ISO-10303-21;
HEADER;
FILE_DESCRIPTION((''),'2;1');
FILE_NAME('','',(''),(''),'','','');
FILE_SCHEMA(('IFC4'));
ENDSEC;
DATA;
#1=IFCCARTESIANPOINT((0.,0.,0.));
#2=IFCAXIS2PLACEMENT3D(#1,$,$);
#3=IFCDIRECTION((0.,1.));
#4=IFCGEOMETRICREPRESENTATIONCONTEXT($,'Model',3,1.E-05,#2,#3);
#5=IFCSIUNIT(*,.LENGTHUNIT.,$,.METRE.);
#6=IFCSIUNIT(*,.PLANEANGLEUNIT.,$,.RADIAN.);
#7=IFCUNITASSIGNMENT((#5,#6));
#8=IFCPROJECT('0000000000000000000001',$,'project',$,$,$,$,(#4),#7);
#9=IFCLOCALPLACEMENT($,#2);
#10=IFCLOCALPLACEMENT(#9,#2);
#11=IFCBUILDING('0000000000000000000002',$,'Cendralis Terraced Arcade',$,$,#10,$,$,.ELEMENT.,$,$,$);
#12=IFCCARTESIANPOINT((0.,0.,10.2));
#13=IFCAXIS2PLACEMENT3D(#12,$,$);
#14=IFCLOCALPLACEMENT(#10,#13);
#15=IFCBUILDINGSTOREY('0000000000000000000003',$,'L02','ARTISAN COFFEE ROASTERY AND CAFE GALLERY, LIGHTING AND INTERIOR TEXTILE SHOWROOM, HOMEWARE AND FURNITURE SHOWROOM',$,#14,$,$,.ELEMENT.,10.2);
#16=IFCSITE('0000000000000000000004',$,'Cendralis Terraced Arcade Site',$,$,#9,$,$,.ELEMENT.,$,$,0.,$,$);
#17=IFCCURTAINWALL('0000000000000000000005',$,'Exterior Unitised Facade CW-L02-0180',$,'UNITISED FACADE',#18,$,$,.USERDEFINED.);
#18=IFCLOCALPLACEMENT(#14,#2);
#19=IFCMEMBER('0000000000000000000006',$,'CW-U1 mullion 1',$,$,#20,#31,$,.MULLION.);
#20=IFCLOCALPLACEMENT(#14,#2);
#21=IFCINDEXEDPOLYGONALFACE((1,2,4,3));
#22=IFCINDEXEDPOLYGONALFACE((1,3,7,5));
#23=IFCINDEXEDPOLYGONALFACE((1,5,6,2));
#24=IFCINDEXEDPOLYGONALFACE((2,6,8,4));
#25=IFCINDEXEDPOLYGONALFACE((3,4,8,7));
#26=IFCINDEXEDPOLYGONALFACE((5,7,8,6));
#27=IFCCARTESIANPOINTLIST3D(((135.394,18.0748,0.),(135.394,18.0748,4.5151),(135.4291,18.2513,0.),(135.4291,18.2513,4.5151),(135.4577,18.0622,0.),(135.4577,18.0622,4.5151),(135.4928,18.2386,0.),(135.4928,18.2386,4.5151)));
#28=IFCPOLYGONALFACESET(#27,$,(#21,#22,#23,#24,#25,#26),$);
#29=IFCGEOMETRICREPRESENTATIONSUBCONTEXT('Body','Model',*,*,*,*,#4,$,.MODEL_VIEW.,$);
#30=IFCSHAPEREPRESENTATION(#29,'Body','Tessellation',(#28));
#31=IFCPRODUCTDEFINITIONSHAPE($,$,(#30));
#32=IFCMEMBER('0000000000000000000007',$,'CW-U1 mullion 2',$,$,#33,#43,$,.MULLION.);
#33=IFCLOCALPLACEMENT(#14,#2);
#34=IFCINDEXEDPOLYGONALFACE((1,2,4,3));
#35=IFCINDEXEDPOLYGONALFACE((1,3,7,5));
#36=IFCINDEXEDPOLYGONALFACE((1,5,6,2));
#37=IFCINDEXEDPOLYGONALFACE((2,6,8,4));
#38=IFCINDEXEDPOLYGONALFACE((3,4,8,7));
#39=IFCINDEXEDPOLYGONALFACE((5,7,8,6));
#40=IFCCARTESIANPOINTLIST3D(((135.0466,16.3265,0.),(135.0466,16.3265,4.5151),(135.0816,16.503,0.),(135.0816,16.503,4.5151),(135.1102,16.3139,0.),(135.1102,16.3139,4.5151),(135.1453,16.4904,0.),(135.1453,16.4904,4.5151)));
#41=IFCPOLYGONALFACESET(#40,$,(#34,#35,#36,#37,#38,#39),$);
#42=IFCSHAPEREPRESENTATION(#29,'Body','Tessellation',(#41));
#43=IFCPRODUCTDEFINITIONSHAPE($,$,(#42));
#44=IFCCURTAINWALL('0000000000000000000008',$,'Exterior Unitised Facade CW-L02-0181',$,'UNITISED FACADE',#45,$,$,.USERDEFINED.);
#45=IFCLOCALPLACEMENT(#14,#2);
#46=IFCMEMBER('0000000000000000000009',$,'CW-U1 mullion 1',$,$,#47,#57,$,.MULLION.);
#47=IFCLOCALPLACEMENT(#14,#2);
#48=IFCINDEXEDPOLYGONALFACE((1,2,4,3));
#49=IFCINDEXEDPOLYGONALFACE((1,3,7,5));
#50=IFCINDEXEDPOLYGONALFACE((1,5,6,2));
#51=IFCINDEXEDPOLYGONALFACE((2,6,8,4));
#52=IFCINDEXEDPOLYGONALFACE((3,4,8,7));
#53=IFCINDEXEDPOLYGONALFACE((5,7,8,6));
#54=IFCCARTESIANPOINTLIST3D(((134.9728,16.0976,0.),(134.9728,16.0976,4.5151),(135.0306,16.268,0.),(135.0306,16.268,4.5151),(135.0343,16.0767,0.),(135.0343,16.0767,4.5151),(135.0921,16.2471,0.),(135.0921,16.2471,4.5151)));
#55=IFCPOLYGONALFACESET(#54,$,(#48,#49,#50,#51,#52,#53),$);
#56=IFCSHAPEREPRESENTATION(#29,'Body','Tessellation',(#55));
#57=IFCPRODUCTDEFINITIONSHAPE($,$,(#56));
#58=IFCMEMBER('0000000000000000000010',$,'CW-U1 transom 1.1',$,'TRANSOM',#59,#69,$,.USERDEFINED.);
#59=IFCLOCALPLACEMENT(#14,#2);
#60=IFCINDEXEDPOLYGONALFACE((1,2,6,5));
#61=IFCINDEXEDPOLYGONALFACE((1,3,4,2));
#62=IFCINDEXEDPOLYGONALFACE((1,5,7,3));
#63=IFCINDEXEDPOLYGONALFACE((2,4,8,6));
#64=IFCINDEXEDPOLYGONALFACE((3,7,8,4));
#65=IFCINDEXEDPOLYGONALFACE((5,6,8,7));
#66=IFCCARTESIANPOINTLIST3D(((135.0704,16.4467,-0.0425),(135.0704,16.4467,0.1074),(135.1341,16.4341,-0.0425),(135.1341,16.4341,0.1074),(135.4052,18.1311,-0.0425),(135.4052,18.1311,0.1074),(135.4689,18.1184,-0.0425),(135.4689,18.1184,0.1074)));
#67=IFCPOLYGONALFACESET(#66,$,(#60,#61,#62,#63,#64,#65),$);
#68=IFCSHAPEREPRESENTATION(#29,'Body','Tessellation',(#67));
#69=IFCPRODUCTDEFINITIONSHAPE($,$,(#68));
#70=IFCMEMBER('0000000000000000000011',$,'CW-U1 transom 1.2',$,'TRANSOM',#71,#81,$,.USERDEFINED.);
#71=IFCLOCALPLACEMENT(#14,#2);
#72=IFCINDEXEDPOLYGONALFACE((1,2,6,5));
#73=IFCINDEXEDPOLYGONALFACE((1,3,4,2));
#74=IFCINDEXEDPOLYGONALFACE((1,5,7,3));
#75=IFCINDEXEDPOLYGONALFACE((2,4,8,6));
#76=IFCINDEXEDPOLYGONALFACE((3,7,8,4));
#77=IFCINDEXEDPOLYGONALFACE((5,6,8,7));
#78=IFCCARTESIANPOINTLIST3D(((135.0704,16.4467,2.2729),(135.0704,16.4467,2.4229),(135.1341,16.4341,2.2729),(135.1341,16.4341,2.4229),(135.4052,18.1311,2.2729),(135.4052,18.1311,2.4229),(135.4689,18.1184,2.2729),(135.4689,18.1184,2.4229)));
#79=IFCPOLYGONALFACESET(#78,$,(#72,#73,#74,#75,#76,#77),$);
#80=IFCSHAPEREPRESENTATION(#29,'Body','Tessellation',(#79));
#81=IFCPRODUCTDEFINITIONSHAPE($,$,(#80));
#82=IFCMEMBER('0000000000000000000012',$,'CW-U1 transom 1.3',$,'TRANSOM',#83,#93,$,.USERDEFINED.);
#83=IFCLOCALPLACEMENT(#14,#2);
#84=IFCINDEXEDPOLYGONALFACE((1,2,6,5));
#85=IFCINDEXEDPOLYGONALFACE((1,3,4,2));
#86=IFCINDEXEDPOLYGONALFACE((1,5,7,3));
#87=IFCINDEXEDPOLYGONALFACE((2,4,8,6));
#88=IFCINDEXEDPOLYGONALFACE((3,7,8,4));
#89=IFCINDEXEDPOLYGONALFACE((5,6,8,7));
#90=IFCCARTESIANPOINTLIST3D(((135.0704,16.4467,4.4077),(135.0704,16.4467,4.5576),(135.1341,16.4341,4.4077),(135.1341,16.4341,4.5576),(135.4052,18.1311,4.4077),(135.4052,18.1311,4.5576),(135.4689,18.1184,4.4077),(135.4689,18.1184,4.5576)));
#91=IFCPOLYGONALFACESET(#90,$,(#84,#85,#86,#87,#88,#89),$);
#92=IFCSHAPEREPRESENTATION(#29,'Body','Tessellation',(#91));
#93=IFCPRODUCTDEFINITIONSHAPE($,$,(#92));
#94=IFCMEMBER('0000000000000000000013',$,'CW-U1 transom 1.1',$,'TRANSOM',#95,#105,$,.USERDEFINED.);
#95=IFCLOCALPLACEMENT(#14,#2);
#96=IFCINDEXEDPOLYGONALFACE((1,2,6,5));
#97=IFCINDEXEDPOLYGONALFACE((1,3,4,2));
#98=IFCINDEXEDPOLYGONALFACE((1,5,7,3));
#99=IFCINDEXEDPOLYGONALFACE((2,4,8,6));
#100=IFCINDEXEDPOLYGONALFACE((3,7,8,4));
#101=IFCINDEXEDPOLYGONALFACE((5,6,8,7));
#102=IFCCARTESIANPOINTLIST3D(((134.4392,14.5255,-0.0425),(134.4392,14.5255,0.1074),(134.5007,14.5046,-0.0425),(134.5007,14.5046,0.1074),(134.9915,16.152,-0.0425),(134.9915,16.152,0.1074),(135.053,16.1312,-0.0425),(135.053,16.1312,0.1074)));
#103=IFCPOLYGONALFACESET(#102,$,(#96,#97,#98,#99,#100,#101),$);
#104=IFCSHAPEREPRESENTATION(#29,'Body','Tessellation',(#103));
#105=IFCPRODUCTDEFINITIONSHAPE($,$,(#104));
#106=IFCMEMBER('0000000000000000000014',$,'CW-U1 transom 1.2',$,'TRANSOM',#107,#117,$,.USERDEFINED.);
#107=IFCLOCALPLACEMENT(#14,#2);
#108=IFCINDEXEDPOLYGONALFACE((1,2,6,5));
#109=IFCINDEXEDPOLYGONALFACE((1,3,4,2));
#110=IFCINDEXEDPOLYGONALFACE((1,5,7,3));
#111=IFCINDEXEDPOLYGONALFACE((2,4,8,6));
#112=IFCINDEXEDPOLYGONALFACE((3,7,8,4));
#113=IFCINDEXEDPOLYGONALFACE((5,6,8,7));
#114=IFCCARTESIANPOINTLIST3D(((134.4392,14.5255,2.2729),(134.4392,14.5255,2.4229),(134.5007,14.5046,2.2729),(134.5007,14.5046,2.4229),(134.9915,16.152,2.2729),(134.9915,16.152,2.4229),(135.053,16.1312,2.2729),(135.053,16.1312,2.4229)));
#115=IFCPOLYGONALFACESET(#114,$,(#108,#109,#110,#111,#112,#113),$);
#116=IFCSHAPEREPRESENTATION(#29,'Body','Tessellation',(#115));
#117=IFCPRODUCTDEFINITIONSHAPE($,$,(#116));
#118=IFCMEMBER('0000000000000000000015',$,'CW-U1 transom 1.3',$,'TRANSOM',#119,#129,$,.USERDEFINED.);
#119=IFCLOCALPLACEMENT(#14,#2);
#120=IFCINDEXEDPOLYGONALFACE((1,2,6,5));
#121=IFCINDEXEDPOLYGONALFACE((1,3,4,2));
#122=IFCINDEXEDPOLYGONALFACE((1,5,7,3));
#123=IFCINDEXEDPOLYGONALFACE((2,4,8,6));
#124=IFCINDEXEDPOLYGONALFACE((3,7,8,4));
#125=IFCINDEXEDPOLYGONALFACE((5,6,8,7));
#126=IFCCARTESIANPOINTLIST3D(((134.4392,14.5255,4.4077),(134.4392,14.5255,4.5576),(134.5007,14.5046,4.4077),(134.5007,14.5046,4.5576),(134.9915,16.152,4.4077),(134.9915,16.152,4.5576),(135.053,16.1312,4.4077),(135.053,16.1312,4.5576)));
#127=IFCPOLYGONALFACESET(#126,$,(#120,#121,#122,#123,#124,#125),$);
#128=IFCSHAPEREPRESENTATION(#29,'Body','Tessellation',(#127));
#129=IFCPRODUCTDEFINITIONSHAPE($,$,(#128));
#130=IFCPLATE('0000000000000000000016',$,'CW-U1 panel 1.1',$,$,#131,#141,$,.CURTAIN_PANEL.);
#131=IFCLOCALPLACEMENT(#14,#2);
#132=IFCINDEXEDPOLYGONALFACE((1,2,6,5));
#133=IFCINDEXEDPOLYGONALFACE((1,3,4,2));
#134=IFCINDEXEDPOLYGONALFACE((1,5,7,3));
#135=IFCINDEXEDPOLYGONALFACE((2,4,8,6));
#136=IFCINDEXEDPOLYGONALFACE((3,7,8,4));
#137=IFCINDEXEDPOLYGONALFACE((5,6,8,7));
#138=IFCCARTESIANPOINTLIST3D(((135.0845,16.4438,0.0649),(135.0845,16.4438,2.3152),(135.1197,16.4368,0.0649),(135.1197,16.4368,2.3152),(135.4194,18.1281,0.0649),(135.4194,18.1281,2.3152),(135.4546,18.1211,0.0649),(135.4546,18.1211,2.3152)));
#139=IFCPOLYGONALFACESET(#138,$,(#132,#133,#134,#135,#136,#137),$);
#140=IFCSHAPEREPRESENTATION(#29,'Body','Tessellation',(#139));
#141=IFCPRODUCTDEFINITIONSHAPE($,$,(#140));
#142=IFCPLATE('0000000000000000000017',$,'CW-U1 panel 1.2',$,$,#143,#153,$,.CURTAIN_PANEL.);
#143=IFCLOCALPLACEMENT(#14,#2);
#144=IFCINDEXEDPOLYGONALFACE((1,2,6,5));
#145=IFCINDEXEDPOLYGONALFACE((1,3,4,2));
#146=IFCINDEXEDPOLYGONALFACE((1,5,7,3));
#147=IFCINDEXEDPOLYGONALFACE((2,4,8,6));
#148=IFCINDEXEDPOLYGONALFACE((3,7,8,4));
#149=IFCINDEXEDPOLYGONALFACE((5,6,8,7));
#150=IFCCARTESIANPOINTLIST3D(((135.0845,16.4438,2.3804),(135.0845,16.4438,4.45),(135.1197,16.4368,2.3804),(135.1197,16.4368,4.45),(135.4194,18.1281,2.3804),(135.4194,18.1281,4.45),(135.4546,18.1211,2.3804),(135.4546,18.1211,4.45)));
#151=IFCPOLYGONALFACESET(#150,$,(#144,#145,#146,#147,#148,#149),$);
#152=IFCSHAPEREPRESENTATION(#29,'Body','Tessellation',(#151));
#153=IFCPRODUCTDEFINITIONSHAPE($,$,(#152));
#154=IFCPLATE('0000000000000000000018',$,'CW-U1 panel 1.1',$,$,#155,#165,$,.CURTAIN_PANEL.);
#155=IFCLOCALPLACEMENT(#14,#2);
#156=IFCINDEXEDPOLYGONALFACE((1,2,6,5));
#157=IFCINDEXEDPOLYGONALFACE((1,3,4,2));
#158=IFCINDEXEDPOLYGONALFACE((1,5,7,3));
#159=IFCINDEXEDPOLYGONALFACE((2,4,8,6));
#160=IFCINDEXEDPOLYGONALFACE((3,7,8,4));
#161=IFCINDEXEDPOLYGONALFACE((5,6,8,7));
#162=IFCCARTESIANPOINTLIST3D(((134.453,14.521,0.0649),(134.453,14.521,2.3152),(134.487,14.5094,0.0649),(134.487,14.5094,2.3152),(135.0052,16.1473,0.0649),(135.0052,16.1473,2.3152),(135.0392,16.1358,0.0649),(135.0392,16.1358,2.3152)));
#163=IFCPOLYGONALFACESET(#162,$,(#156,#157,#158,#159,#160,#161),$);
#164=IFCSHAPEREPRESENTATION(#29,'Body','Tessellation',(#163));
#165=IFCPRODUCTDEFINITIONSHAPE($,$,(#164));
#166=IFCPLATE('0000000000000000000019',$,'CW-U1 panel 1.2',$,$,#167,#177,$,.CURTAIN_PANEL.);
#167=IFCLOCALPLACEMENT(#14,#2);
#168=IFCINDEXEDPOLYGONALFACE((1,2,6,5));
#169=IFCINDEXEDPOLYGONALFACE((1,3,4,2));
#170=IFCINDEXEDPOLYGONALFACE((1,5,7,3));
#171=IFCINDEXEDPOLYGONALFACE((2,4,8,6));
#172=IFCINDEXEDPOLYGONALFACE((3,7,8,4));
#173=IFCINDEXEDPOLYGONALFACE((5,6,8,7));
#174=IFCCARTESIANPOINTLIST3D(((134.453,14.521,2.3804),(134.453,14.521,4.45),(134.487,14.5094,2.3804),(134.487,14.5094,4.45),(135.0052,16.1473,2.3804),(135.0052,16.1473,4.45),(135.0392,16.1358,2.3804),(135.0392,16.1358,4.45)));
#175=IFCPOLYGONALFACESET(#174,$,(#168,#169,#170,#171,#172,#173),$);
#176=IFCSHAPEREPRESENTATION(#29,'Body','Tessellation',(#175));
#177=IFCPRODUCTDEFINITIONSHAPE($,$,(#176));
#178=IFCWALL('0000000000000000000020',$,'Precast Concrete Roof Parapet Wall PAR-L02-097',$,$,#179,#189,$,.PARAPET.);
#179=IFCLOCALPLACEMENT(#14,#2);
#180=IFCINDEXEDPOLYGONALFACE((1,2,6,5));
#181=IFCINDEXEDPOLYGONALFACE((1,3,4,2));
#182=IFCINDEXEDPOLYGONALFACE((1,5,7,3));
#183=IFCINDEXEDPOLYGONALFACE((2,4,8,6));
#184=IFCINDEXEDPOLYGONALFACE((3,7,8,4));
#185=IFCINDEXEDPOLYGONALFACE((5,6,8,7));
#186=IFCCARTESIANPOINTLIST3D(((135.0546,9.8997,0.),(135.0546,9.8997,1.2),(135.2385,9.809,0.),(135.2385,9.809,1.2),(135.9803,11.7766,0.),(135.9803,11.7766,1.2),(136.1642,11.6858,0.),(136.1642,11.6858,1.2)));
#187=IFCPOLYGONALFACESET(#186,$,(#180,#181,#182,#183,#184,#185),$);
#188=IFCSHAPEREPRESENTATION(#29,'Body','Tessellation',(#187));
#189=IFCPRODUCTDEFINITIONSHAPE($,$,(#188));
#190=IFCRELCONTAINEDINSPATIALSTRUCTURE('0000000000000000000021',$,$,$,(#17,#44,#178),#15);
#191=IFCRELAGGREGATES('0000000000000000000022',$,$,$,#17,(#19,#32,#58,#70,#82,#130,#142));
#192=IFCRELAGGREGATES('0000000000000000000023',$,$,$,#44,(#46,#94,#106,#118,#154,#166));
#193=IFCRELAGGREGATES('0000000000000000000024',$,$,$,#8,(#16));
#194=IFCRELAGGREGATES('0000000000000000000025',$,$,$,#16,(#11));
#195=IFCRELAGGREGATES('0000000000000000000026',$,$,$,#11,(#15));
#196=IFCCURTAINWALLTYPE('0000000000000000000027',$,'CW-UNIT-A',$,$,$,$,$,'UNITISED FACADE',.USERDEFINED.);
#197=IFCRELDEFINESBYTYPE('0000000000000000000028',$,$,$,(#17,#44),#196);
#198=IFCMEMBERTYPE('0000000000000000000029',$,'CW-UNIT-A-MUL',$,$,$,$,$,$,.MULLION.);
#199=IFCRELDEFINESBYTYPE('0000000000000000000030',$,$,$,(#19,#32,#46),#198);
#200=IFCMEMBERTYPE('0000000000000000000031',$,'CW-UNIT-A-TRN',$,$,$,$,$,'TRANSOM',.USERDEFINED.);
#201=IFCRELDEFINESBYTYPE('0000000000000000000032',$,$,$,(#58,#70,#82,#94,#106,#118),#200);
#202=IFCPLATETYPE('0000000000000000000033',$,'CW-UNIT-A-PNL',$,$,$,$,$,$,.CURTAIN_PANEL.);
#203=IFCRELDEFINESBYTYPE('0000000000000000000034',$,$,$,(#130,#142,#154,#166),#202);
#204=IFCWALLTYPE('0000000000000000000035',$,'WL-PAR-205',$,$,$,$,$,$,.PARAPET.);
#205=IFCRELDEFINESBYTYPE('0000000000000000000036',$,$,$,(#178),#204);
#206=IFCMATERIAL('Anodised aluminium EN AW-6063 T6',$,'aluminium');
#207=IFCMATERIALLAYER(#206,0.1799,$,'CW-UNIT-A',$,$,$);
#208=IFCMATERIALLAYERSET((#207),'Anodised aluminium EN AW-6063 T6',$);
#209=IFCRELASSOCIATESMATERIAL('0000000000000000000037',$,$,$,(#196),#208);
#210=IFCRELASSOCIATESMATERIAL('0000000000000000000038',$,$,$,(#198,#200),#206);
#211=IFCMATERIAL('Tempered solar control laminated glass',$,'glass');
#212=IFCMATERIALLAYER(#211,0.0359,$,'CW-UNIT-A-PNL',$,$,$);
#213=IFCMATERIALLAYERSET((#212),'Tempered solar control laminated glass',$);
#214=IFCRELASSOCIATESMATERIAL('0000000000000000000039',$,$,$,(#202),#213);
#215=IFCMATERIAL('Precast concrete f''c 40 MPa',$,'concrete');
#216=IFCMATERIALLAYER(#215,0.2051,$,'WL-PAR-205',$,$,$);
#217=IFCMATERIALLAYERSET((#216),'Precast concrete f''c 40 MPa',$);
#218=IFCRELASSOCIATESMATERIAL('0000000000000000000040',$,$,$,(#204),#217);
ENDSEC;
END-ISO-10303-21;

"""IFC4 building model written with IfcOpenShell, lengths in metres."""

from ifc_helpers import new_model, si_unit, direction, frame, frame_2d, origin, origin_2d, place, context, subcontext, project, spatial, rectangle, extrude, material, layer, layer_set, material_profile, profile_set, type_object, element, aggregate, save


model = new_model("IFC4")

# Units and contexts
model_context = context("Model", 3, precision=1e-05, world=origin(), true_north=direction((0.0, 1.0)))
body_context = subcontext(model_context, "Body", "Model", "MODEL_VIEW")
ifc_project = project(units=[si_unit("LENGTHUNIT", "METRE"), si_unit("PLANEANGLEUNIT", "RADIAN")], contexts=[model_context])

# Site, building, storey
site_placement = place(None, origin())
site = spatial("IfcSite", under=ifc_project, at=site_placement, Name="Cendralis Terraced Arcade Site", CompositionType="ELEMENT", RefElevation=0.0)
building_placement = place(site_placement, origin())
building = spatial("IfcBuilding", under=site, at=building_placement, Name="Cendralis Terraced Arcade", CompositionType="ELEMENT")
storey_placement = place(building_placement, frame((0.0, 0.0, 10.2)))
storey = spatial("IfcBuildingStorey", under=building, at=storey_placement, Name="L02", Description="ARTISAN COFFEE ROASTERY AND CAFE GALLERY, LIGHTING AND INTERIOR TEXTILE SHOWROOM, HOMEWARE AND FURNITURE SHOWROOM", CompositionType="ELEMENT", Elevation=10.2)

# Curtain wall, members
ifc_material_1 = material(Name="Anodised aluminium EN AW-6063 T6", Category="aluminium")
ifc_layer_1 = layer(ifc_material_1, 0.1799, Name="CW-UNIT-A")
ifc_layer_set_1 = layer_set([ifc_layer_1], Name="Anodised aluminium EN AW-6063 T6")
curtain_wall_type = type_object("IfcCurtainWallType", Name="CW-UNIT-A", ElementType="UNITISED FACADE", PredefinedType="USERDEFINED", material=ifc_layer_set_1)
curtain_wall_1_placement = place(storey_placement, origin())
curtain_wall_1 = element("IfcCurtainWall", 1, at=curtain_wall_1_placement, inside=storey, type_object=curtain_wall_type, Name="Exterior Unitised Facade CW-L02-0180", ObjectType="UNITISED FACADE", PredefinedType="USERDEFINED")
ifc_material_profile_1 = material_profile(ifc_material_1, rectangle(XDim=0.0649, YDim=0.1799, at=origin_2d()), Name="ALU-MUL-65x180")
ifc_profile_set_1 = profile_set([ifc_material_profile_1], Name="Anodised aluminium EN AW-6063 T6")
member_type_1 = type_object("IfcMemberType", Name="CW-UNIT-A-MUL", PredefinedType="MULLION", material=ifc_profile_set_1)
member_1_placement = place(storey_placement, frame((135.4434, 18.1567, 0.0), z_axis=(0.0, 0.0, 1.0), x_axis=(0.980797, -0.195033, 0.0)))
member_1 = element("IfcMember", 2, at=member_1_placement, type_object=member_type_1, Name="CW-U1 mullion 1", PredefinedType="MULLION", context=body_context, shape_type="SweptSolid", body=[
    extrude(rectangle(XDim=0.0649, YDim=0.1799, at=origin_2d()), origin(), (0.0, 0.0, 1.0), 4.5151),
])
member_2_placement = place(storey_placement, frame((135.0959, 16.4084, 0.0), z_axis=(0.0, 0.0, 1.0), x_axis=(0.980797, -0.195033, 0.0)))
member_2 = element("IfcMember", 3, at=member_2_placement, type_object=member_type_1, Name="CW-U1 mullion 2", PredefinedType="MULLION", context=body_context, shape_type="SweptSolid", body=[
    extrude(rectangle(XDim=0.0649, YDim=0.1799, at=origin_2d()), origin(), (0.0, 0.0, 1.0), 4.5151),
])

# Curtain wall, member
curtain_wall_2_placement = place(storey_placement, origin())
curtain_wall_2 = element("IfcCurtainWall", 4, at=curtain_wall_2_placement, inside=storey, type_object=curtain_wall_type, Name="Exterior Unitised Facade CW-L02-0181", ObjectType="UNITISED FACADE", PredefinedType="USERDEFINED")
member_3_placement = place(storey_placement, frame((135.0325, 16.1724, 0.0), z_axis=(0.0, 0.0, 1.0), x_axis=(0.94691, -0.3215, 0.0)))
member_3 = element("IfcMember", 5, at=member_3_placement, type_object=member_type_1, Name="CW-U1 mullion 1", PredefinedType="MULLION", context=body_context, shape_type="SweptSolid", body=[
    extrude(rectangle(XDim=0.0649, YDim=0.1799, at=origin_2d()), origin(), (0.0, 0.0, 1.0), 4.5151),
])

# Members
ifc_material_profile_2 = material_profile(ifc_material_1, rectangle(XDim=0.0649, YDim=0.1499, at=origin_2d()), Name="ALU-TRN-65x150")
ifc_profile_set_2 = profile_set([ifc_material_profile_2], Name="Anodised aluminium EN AW-6063 T6")
member_type_2 = type_object("IfcMemberType", Name="CW-UNIT-A-TRN", ElementType="TRANSOM", PredefinedType="USERDEFINED", material=ifc_profile_set_2)
member_4_placement = place(storey_placement, frame((135.437, 18.1248, 0.0325), z_axis=(-0.194913, -0.980821, 0.0), x_axis=(0.980821, -0.194913, 0.0)))
member_4 = element("IfcMember", 6, at=member_4_placement, type_object=member_type_2, Name="CW-U1 transom 1.1", ObjectType="TRANSOM", PredefinedType="USERDEFINED", context=body_context, shape_type="SweptSolid", body=[
    extrude(rectangle(XDim=0.0649, YDim=0.1499, at=origin_2d()), origin(), (0.0, 0.0, 1.0), 1.7173),
])
member_5_placement = place(storey_placement, frame((135.437, 18.1248, 2.3479), z_axis=(-0.194913, -0.980821, 0.0), x_axis=(0.980821, -0.194913, 0.0)))
member_5 = element("IfcMember", 7, at=member_5_placement, type_object=member_type_2, Name="CW-U1 transom 1.2", ObjectType="TRANSOM", PredefinedType="USERDEFINED", context=body_context, shape_type="SweptSolid", body=[
    extrude(rectangle(XDim=0.0649, YDim=0.1499, at=origin_2d()), origin(), (0.0, 0.0, 1.0), 1.7173),
])
member_6_placement = place(storey_placement, frame((135.437, 18.1248, 4.4827), z_axis=(-0.194913, -0.980821, 0.0), x_axis=(0.980821, -0.194913, 0.0)))
member_6 = element("IfcMember", 8, at=member_6_placement, type_object=member_type_2, Name="CW-U1 transom 1.3", ObjectType="TRANSOM", PredefinedType="USERDEFINED", context=body_context, shape_type="SweptSolid", body=[
    extrude(rectangle(XDim=0.0649, YDim=0.1499, at=origin_2d()), origin(), (0.0, 0.0, 1.0), 1.7173),
])
member_7_placement = place(storey_placement, frame((135.0222, 16.1416, 0.0325), z_axis=(-0.32151, -0.946906, 0.0), x_axis=(0.946906, -0.32151, 0.0)))
member_7 = element("IfcMember", 9, at=member_7_placement, type_object=member_type_2, Name="CW-U1 transom 1.1", ObjectType="TRANSOM", PredefinedType="USERDEFINED", context=body_context, shape_type="SweptSolid", body=[
    extrude(rectangle(XDim=0.0649, YDim=0.1499, at=origin_2d()), origin(), (0.0, 0.0, 1.0), 1.7178),
])
member_8_placement = place(storey_placement, frame((135.0222, 16.1416, 2.3479), z_axis=(-0.32151, -0.946906, 0.0), x_axis=(0.946906, -0.32151, 0.0)))
member_8 = element("IfcMember", 10, at=member_8_placement, type_object=member_type_2, Name="CW-U1 transom 1.2", ObjectType="TRANSOM", PredefinedType="USERDEFINED", context=body_context, shape_type="SweptSolid", body=[
    extrude(rectangle(XDim=0.0649, YDim=0.1499, at=origin_2d()), origin(), (0.0, 0.0, 1.0), 1.7178),
])
member_9_placement = place(storey_placement, frame((135.0222, 16.1416, 4.4827), z_axis=(-0.32151, -0.946906, 0.0), x_axis=(0.946906, -0.32151, 0.0)))
member_9 = element("IfcMember", 11, at=member_9_placement, type_object=member_type_2, Name="CW-U1 transom 1.3", ObjectType="TRANSOM", PredefinedType="USERDEFINED", context=body_context, shape_type="SweptSolid", body=[
    extrude(rectangle(XDim=0.0649, YDim=0.1499, at=origin_2d()), origin(), (0.0, 0.0, 1.0), 1.7178),
])

# Plates
ifc_material_2 = material(Name="Tempered solar control laminated glass", Category="glass")
ifc_layer_2 = layer(ifc_material_2, 0.0359, Name="CW-UNIT-A-PNL")
ifc_layer_set_2 = layer_set([ifc_layer_2], Name="Tempered solar control laminated glass")
plate_type = type_object("IfcPlateType", Name="CW-UNIT-A-PNL", PredefinedType="CURTAIN_PANEL", material=ifc_layer_set_2)
plate_1_placement = place(storey_placement, frame((135.2695, 17.2825, 0.0649), z_axis=(0.0, 0.0, 1.0), x_axis=(-0.195033, -0.980797, 0.0)))
plate_1 = element("IfcPlate", 12, at=plate_1_placement, type_object=plate_type, Name="CW-U1 panel 1.1", PredefinedType="CURTAIN_PANEL", context=body_context, shape_type="SweptSolid", body=[
    extrude(rectangle(XDim=1.7173, YDim=0.0359, at=origin_2d()), origin(), (0.0, 0.0, 1.0), 2.2502),
])
plate_2_placement = place(storey_placement, frame((135.2695, 17.2825, 2.3804), z_axis=(0.0, 0.0, 1.0), x_axis=(-0.195033, -0.980797, 0.0)))
plate_2 = element("IfcPlate", 13, at=plate_2_placement, type_object=plate_type, Name="CW-U1 panel 1.2", PredefinedType="CURTAIN_PANEL", context=body_context, shape_type="SweptSolid", body=[
    extrude(rectangle(XDim=1.7173, YDim=0.0359, at=origin_2d()), origin(), (0.0, 0.0, 1.0), 2.0696),
])
aggregate(curtain_wall_1, [member_1, member_2, member_4, member_5, member_6, plate_1, plate_2])
plate_3_placement = place(storey_placement, frame((134.7461, 15.3284, 0.0649), z_axis=(0.0, 0.0, 1.0), x_axis=(-0.3215, -0.94691, 0.0)))
plate_3 = element("IfcPlate", 14, at=plate_3_placement, type_object=plate_type, Name="CW-U1 panel 1.1", PredefinedType="CURTAIN_PANEL", context=body_context, shape_type="SweptSolid", body=[
    extrude(rectangle(XDim=1.7175, YDim=0.0359, at=origin_2d()), origin(), (0.0, 0.0, 1.0), 2.2502),
])
plate_4_placement = place(storey_placement, frame((134.7461, 15.3284, 2.3804), z_axis=(0.0, 0.0, 1.0), x_axis=(-0.3215, -0.94691, 0.0)))
plate_4 = element("IfcPlate", 15, at=plate_4_placement, type_object=plate_type, Name="CW-U1 panel 1.2", PredefinedType="CURTAIN_PANEL", context=body_context, shape_type="SweptSolid", body=[
    extrude(rectangle(XDim=1.7175, YDim=0.0359, at=origin_2d()), origin(), (0.0, 0.0, 1.0), 2.0696),
])
aggregate(curtain_wall_2, [member_3, member_7, member_8, member_9, plate_3, plate_4])

# Wall
ifc_material_3 = material(Name="Precast concrete f'c 40 MPa", Category="concrete")
ifc_layer_3 = layer(ifc_material_3, 0.2051, Name="WL-PAR-205")
ifc_layer_set_3 = layer_set([ifc_layer_3], Name="Precast concrete f'c 40 MPa")
wall_type = type_object("IfcWallType", Name="WL-PAR-205", PredefinedType="PARAPET", material=ifc_layer_set_3)
wall_1_placement = place(storey_placement, frame((136.0723, 11.7312, 0.0), z_axis=(0.0, 0.0, 1.0), x_axis=(-0.442354, -0.89684, 0.0)))
element("IfcWall", 16, at=wall_1_placement, inside=storey, type_object=wall_type, Name="Precast Concrete Roof Parapet Wall PAR-L02-097", PredefinedType="PARAPET", context=body_context, shape_type="SweptSolid", body=[
    extrude(rectangle(XDim=2.0928, YDim=0.2051, at=frame_2d((1.0464, 0.0))), origin(), (0.0, 0.0, 1.0), 1.2),
])

save(model, "model.ifc")
